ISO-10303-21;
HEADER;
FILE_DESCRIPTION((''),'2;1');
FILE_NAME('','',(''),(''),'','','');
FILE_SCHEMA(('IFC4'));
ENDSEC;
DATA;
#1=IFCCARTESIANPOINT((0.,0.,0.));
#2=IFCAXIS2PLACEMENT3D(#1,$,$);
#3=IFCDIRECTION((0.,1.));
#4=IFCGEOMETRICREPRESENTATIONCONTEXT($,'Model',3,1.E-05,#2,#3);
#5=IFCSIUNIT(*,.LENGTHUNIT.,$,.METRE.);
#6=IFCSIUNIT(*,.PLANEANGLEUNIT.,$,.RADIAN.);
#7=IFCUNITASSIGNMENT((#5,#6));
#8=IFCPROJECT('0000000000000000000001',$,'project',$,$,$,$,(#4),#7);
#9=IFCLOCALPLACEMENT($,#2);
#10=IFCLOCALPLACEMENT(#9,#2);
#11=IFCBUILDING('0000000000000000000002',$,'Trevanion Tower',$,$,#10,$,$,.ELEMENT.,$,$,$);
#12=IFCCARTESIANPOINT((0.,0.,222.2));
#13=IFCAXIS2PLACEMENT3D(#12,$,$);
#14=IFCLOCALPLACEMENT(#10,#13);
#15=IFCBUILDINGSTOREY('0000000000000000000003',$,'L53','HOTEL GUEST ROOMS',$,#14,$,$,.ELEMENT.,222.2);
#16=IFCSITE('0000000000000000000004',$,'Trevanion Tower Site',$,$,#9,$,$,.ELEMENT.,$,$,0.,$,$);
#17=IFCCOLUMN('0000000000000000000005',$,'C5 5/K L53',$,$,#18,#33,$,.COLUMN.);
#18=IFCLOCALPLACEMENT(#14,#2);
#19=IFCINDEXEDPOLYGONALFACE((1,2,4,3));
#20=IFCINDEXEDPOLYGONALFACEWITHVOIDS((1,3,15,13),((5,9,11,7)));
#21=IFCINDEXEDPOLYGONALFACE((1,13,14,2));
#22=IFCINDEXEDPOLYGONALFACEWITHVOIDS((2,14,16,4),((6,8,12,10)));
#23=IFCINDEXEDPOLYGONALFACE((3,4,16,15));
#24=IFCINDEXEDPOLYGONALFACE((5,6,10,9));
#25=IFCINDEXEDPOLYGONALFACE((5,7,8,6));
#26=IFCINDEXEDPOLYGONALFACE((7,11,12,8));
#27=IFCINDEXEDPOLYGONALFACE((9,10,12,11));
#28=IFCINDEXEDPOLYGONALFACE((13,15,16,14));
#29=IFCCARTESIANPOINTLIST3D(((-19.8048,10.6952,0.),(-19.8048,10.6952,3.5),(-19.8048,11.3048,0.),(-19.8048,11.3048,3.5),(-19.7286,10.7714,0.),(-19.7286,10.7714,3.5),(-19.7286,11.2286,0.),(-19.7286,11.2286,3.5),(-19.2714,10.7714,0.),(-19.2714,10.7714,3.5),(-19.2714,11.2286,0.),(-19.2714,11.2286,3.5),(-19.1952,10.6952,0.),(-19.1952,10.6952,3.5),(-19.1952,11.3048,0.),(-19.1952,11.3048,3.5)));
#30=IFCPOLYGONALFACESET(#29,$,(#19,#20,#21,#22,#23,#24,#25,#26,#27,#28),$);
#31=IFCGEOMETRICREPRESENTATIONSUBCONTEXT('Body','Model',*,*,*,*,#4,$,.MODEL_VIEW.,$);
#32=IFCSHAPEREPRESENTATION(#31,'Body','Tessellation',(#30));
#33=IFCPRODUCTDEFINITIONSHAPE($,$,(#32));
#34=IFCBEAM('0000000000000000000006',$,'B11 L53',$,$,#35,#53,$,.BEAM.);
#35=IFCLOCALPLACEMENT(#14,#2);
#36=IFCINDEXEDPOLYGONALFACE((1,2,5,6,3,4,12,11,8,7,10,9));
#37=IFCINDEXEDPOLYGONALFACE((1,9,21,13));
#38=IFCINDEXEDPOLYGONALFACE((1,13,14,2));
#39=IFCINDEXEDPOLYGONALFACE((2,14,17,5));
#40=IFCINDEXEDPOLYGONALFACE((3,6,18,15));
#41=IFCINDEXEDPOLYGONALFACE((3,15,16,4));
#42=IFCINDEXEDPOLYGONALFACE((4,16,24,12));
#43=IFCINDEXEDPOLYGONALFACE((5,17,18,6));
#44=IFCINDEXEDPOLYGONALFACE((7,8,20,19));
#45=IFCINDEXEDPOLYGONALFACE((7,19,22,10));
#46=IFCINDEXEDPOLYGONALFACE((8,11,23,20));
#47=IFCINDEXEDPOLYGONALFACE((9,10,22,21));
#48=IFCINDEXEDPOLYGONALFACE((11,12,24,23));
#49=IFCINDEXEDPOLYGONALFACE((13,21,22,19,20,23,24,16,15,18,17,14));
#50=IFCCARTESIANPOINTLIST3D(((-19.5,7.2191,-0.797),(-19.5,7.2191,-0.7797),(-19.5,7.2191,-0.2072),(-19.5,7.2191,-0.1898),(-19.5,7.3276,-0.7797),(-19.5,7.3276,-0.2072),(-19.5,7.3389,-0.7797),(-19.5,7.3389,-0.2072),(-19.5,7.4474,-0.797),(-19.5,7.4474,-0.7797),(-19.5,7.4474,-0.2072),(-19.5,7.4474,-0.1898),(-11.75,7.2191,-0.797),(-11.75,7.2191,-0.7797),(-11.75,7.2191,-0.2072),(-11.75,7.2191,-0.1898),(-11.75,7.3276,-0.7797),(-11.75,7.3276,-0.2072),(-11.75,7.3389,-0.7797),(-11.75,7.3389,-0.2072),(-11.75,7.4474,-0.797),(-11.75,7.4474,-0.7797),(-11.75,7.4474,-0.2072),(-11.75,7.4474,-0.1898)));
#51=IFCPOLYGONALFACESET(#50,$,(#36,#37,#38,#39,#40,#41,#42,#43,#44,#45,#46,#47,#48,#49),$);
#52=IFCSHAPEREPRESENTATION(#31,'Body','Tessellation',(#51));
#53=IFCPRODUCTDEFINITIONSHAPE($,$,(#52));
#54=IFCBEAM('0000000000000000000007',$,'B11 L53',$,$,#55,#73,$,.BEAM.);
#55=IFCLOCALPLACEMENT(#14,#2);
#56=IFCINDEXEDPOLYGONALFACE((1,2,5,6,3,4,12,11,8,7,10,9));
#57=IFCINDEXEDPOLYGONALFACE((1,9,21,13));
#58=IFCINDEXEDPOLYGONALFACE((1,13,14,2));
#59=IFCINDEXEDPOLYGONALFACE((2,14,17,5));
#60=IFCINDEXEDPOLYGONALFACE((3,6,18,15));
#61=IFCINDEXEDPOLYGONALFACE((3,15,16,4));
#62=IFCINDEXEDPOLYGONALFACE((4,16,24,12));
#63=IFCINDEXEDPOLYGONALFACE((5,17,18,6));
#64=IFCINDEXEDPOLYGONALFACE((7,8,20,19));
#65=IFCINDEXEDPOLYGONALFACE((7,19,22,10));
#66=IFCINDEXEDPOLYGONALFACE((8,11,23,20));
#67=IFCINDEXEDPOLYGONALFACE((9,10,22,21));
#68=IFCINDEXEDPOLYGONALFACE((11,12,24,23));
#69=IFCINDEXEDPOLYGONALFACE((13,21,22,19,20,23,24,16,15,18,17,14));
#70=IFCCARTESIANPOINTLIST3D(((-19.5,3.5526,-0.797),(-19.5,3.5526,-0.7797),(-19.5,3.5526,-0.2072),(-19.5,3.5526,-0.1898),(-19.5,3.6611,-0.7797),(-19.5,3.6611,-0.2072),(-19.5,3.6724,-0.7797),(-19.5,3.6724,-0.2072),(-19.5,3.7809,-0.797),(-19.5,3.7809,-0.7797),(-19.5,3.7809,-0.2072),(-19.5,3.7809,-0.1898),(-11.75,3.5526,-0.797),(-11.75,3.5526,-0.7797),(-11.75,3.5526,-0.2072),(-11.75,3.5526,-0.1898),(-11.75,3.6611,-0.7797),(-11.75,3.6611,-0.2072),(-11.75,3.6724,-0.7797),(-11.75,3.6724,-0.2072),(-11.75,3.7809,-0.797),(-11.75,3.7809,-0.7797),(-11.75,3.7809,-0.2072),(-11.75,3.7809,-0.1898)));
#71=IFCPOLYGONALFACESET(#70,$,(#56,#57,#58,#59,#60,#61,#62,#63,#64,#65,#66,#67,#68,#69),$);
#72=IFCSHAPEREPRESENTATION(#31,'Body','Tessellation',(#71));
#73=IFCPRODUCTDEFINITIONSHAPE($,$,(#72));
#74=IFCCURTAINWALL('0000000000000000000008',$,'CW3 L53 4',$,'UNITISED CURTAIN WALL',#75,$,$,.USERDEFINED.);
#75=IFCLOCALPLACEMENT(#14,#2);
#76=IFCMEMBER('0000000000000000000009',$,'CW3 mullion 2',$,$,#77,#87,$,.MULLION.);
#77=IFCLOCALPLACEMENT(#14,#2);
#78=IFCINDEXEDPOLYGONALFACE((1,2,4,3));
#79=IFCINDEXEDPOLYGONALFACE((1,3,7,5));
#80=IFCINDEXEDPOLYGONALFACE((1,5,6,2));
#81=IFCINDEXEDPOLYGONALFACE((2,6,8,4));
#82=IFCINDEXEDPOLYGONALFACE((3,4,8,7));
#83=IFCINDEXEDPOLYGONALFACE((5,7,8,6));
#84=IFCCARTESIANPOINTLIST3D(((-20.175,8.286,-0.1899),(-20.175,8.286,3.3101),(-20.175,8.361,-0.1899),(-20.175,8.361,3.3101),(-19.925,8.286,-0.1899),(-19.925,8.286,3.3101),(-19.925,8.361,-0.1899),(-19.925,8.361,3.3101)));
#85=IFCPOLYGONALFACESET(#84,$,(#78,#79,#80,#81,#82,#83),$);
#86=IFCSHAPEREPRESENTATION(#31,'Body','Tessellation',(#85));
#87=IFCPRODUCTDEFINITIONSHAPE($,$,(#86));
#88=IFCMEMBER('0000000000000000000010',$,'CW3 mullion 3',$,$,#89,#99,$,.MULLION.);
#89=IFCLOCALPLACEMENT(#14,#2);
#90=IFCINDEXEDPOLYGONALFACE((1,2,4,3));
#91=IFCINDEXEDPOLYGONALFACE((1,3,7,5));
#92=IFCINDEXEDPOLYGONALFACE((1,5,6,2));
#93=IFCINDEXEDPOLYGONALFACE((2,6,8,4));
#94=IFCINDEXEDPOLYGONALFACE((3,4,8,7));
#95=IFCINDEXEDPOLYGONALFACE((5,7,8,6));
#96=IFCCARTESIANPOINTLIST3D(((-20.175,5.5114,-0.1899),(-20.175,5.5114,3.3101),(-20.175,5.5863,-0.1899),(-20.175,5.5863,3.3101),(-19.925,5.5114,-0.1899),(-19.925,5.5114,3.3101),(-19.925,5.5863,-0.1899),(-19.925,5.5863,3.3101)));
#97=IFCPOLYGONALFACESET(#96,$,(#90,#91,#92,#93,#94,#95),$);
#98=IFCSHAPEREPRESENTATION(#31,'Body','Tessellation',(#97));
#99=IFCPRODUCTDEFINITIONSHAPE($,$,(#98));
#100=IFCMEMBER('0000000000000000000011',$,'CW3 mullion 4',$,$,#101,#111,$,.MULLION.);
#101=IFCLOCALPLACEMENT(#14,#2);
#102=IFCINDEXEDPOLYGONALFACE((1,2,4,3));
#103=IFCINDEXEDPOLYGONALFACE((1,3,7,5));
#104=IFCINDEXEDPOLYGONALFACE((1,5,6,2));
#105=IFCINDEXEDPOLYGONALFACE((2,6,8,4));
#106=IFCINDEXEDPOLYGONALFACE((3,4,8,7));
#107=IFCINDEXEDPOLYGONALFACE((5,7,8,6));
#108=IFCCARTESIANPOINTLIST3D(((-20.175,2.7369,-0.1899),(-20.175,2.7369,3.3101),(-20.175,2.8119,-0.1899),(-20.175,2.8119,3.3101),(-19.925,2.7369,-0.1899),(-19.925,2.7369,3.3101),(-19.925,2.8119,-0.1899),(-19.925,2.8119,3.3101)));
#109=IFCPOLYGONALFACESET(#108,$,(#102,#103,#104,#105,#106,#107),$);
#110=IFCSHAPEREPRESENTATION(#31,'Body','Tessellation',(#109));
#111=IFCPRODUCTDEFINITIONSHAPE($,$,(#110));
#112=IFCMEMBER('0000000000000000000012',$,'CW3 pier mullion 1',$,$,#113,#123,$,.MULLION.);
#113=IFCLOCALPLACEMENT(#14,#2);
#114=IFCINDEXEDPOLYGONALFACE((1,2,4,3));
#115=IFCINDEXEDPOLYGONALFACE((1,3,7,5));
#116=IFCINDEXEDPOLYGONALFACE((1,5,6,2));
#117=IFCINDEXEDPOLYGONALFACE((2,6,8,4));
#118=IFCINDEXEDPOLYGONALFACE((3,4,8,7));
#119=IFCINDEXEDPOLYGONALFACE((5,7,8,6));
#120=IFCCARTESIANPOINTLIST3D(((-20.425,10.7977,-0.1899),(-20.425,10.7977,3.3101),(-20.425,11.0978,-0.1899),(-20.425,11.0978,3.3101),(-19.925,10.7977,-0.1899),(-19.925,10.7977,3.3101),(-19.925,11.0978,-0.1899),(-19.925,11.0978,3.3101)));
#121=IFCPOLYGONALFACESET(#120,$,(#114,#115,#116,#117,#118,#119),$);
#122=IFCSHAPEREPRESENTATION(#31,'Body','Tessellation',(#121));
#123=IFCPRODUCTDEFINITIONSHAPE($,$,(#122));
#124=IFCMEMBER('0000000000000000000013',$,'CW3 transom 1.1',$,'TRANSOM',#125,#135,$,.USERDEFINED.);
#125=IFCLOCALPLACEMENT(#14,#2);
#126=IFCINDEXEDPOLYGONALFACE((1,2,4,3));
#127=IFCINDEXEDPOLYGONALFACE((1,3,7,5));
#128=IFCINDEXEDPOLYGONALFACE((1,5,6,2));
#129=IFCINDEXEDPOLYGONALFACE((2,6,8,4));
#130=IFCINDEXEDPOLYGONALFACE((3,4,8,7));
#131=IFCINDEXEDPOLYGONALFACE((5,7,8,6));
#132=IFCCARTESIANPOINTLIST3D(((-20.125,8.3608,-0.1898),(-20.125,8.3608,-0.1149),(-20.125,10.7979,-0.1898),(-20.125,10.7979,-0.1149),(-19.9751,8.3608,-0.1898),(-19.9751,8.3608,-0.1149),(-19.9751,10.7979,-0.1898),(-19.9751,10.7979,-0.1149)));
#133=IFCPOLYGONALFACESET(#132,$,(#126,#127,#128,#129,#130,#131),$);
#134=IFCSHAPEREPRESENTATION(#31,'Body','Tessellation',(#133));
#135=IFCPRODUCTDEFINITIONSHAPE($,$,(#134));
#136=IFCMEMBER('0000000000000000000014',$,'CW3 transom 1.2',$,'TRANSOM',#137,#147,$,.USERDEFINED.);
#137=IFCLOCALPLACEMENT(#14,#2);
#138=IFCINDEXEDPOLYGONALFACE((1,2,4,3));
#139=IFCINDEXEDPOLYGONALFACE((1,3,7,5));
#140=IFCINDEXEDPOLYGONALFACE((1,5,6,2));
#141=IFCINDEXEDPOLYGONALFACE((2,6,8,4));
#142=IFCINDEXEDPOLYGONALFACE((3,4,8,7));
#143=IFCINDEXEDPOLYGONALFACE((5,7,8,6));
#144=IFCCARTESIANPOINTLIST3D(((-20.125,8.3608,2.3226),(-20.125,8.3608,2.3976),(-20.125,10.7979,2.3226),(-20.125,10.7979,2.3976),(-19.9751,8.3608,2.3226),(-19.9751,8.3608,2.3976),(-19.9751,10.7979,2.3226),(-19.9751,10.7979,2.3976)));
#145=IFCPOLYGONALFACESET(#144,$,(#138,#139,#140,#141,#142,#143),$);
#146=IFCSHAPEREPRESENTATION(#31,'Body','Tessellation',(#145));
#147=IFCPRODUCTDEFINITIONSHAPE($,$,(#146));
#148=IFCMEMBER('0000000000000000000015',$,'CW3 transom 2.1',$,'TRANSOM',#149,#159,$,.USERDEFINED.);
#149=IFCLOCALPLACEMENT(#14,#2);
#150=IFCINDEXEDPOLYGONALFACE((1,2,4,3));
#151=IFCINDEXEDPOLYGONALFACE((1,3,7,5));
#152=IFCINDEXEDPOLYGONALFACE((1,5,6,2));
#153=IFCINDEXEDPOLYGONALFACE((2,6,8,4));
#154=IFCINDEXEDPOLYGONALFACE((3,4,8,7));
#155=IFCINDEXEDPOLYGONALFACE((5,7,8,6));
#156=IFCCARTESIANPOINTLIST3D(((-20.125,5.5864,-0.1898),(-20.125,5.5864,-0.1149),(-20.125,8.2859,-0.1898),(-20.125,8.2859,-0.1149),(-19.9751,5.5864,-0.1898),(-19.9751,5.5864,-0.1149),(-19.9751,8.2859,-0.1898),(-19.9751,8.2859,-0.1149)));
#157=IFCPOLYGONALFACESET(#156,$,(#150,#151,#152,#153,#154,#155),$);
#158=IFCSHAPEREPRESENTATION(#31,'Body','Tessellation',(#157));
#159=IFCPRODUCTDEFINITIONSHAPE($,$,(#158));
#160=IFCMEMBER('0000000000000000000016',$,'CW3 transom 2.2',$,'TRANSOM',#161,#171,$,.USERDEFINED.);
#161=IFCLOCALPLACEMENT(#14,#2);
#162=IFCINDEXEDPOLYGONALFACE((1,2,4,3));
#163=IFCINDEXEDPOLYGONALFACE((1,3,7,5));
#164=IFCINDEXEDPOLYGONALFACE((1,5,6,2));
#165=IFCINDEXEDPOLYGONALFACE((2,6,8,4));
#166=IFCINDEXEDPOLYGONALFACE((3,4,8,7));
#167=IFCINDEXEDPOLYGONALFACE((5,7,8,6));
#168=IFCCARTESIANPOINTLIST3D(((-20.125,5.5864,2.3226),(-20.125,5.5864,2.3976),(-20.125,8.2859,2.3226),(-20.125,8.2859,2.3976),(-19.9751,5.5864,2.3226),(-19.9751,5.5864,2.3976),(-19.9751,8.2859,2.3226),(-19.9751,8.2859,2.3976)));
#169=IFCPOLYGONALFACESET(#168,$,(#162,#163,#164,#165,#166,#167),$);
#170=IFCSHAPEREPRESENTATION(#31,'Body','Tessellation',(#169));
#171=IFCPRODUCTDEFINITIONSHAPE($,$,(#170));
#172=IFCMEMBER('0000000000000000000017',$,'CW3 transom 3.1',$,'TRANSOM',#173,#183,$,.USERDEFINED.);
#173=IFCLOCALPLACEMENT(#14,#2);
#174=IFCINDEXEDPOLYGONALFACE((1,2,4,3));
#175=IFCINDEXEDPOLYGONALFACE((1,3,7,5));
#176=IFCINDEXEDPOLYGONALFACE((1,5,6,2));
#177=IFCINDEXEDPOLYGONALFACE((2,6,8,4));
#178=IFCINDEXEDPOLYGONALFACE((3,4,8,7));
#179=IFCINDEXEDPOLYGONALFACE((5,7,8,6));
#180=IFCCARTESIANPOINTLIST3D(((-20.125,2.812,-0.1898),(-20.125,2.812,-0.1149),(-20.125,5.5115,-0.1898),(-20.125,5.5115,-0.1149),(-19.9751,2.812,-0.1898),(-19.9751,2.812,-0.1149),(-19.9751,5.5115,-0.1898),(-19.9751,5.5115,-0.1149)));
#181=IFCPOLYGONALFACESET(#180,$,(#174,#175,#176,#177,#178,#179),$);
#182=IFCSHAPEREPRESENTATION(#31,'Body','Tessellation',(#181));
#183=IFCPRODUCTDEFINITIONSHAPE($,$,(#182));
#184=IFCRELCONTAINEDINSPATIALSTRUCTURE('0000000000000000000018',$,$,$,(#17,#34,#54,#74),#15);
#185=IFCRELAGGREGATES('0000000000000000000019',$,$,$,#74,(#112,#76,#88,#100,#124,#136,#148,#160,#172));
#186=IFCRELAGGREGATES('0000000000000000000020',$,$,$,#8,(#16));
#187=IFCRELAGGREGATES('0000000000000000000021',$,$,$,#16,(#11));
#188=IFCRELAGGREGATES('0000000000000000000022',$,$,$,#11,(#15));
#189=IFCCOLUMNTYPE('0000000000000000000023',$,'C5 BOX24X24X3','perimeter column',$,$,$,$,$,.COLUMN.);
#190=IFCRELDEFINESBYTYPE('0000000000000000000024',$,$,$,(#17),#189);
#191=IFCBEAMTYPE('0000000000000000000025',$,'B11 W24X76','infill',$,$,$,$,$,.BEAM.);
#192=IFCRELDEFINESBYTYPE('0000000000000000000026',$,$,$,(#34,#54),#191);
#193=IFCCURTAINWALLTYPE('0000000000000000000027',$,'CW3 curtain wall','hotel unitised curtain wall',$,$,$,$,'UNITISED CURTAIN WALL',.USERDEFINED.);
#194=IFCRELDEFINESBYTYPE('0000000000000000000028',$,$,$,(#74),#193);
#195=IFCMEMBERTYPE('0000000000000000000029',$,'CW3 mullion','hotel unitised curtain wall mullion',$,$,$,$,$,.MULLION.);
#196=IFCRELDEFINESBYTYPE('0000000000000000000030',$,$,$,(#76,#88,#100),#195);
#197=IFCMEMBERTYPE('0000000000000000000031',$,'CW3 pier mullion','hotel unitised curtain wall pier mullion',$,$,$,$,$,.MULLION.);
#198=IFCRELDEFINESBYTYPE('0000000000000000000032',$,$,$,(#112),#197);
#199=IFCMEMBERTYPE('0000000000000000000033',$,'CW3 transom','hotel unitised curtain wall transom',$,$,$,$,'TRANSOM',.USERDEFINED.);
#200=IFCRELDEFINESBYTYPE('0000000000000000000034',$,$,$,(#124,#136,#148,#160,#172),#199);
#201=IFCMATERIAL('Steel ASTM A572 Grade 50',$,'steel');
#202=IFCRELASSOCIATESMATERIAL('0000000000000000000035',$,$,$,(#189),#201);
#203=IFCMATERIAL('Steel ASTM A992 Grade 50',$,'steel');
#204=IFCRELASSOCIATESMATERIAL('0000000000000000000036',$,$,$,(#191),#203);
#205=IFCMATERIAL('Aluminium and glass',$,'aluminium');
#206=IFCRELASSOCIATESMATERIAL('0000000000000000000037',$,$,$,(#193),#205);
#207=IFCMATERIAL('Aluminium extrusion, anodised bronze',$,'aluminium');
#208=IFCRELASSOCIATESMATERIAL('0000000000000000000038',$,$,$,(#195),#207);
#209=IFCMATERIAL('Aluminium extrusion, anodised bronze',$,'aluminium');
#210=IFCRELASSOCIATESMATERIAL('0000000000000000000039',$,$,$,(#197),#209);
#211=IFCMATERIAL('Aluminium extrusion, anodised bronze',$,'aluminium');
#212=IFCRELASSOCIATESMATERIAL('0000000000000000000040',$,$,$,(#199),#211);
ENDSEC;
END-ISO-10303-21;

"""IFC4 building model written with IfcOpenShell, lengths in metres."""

from ifc_helpers import new_model, si_unit, direction, frame, origin, origin_2d, place, context, subcontext, project, spatial, rectangle, hollow_rectangle, i_section, extrude, material, material_profile, profile_set, type_object, element, aggregate, save


model = new_model("IFC4")

# Units and contexts
model_context = context("Model", 3, precision=1e-05, world=origin(), true_north=direction((0.0, 1.0)))
body_context = subcontext(model_context, "Body", "Model", "MODEL_VIEW")
ifc_project = project(units=[si_unit("LENGTHUNIT", "METRE"), si_unit("PLANEANGLEUNIT", "RADIAN")], contexts=[model_context])

# Site, building, storey
site_placement = place(None, origin())
site = spatial("IfcSite", under=ifc_project, at=site_placement, Name="Trevanion Tower Site", CompositionType="ELEMENT", RefElevation=0.0)
building_placement = place(site_placement, origin())
building = spatial("IfcBuilding", under=site, at=building_placement, Name="Trevanion Tower", CompositionType="ELEMENT")
storey_placement = place(building_placement, frame((0.0, 0.0, 222.2)))
storey = spatial("IfcBuildingStorey", under=building, at=storey_placement, Name="L53", Description="HOTEL GUEST ROOMS", CompositionType="ELEMENT", Elevation=222.2)

# Column
ifc_material_1 = material(Name="Steel ASTM A572 Grade 50", Category="steel")
ifc_material_profile_1 = material_profile(ifc_material_1, hollow_rectangle(XDim=0.6096, YDim=0.6096, WallThickness=0.0762, at=origin_2d()), Name="BOX24X24X3")
ifc_profile_set_1 = profile_set([ifc_material_profile_1], Name="Steel ASTM A572 Grade 50")
column_type = type_object("IfcColumnType", Name="C5 BOX24X24X3", Description="perimeter column", PredefinedType="COLUMN", material=ifc_profile_set_1)
column_placement = place(storey_placement, frame((-19.5, 11.0, 0.0), z_axis=(0.0, 0.0, 1.0), x_axis=(0.0, 1.0, 0.0)))
element("IfcColumn", 1, at=column_placement, inside=storey, type_object=column_type, Name="C5 5/K L53", PredefinedType="COLUMN", context=body_context, shape_type="SweptSolid", body=[
    extrude(hollow_rectangle(XDim=0.6096, YDim=0.6096, WallThickness=0.0762, at=origin_2d()), origin(), (0.0, 0.0, 1.0), 3.5),
])

# Beams
ifc_material_2 = material(Name="Steel ASTM A992 Grade 50", Category="steel")
ifc_material_profile_2 = material_profile(ifc_material_2, i_section(OverallWidth=0.2283, OverallDepth=0.6072, WebThickness=0.0112, FlangeThickness=0.0173, at=origin_2d()), Name="W24X76")
ifc_profile_set_2 = profile_set([ifc_material_profile_2], Name="Steel ASTM A992 Grade 50")
beam_type_1 = type_object("IfcBeamType", Name="B11 W24X76", Description="infill", PredefinedType="BEAM", material=ifc_profile_set_2)
for number, where, z_axis, x_axis, name in (
    (2, (-11.75, 7.3333, -0.4934), (-1.0, 0.0, 0.0), (0.0, -1.0, 0.0), "B11 L53"),
    (3, (-11.75, 3.6667, -0.4934), (-1.0, 0.0, 0.0), (0.0, -1.0, 0.0), "B11 L53"),
):
    element("IfcBeam", number, at=place(storey_placement, frame(where, z_axis=z_axis, x_axis=x_axis)), inside=storey, type_object=beam_type_1, Name=name, PredefinedType="BEAM", context=body_context, shape_type="SweptSolid", body=[
        extrude(i_section(OverallWidth=0.2283, OverallDepth=0.6072, WebThickness=0.0112, FlangeThickness=0.0173, at=origin_2d()), origin(), (0.0, 0.0, 1.0), 7.75),
    ])

# Curtain wall, members
ifc_material_3 = material(Name="Aluminium and glass", Category="aluminium")
curtain_wall_type = type_object("IfcCurtainWallType", Name="CW3 curtain wall", Description="hotel unitised curtain wall", ElementType="UNITISED CURTAIN WALL", PredefinedType="USERDEFINED", material=ifc_material_3)
curtain_wall_placement = place(storey_placement, origin())
curtain_wall = element("IfcCurtainWall", 4, at=curtain_wall_placement, inside=storey, type_object=curtain_wall_type, Name="CW3 L53 4", ObjectType="UNITISED CURTAIN WALL", PredefinedType="USERDEFINED")
ifc_material_4 = material(Name="Aluminium extrusion, anodised bronze", Category="aluminium")
ifc_material_profile_3 = material_profile(ifc_material_4, rectangle(XDim=0.075, YDim=0.25, at=origin_2d()), Name="CW3 mullion")
ifc_profile_set_3 = profile_set([ifc_material_profile_3], Name="Aluminium extrusion, anodised bronze")
member_type_1 = type_object("IfcMemberType", Name="CW3 mullion", Description="hotel unitised curtain wall mullion", PredefinedType="MULLION", material=ifc_profile_set_3)
member_1_placement = place(storey_placement, frame((-20.05, 8.3235, -0.1899), z_axis=(0.0, 0.0, 1.0), x_axis=(0.0, -1.0, 0.0)))
member_1 = element("IfcMember", 5, at=member_1_placement, type_object=member_type_1, Name="CW3 mullion 2", PredefinedType="MULLION", context=body_context, shape_type="SweptSolid", body=[
    extrude(rectangle(XDim=0.075, YDim=0.25, at=origin_2d()), origin(), (0.0, 0.0, 1.0), 3.5),
])
member_2_placement = place(storey_placement, frame((-20.05, 5.5488, -0.1899), z_axis=(0.0, 0.0, 1.0), x_axis=(0.0, -1.0, 0.0)))
member_2 = element("IfcMember", 6, at=member_2_placement, type_object=member_type_1, Name="CW3 mullion 3", PredefinedType="MULLION", context=body_context, shape_type="SweptSolid", body=[
    extrude(rectangle(XDim=0.075, YDim=0.25, at=origin_2d()), origin(), (0.0, 0.0, 1.0), 3.5),
])
member_3_placement = place(storey_placement, frame((-20.05, 2.7744, -0.1899), z_axis=(0.0, 0.0, 1.0), x_axis=(0.0, -1.0, 0.0)))
member_3 = element("IfcMember", 7, at=member_3_placement, type_object=member_type_1, Name="CW3 mullion 4", PredefinedType="MULLION", context=body_context, shape_type="SweptSolid", body=[
    extrude(rectangle(XDim=0.075, YDim=0.25, at=origin_2d()), origin(), (0.0, 0.0, 1.0), 3.5),
])
ifc_material_5 = material(Name="Aluminium extrusion, anodised bronze", Category="aluminium")
ifc_material_profile_4 = material_profile(ifc_material_5, rectangle(XDim=0.3, YDim=0.5, at=origin_2d()), Name="CW3 pier mullion")
ifc_profile_set_4 = profile_set([ifc_material_profile_4], Name="Aluminium extrusion, anodised bronze")
member_type_2 = type_object("IfcMemberType", Name="CW3 pier mullion", Description="hotel unitised curtain wall pier mullion", PredefinedType="MULLION", material=ifc_profile_set_4)
member_4_placement = place(storey_placement, frame((-20.175, 10.9478, -0.1899), z_axis=(0.0, 0.0, 1.0), x_axis=(0.0, -1.0, 0.0)))
member_4 = element("IfcMember", 8, at=member_4_placement, type_object=member_type_2, Name="CW3 pier mullion 1", PredefinedType="MULLION", context=body_context, shape_type="SweptSolid", body=[
    extrude(rectangle(XDim=0.3, YDim=0.5, at=origin_2d()), origin(), (0.0, 0.0, 1.0), 3.5),
])
ifc_material_6 = material(Name="Aluminium extrusion, anodised bronze", Category="aluminium")
ifc_material_profile_5 = material_profile(ifc_material_6, rectangle(XDim=0.1499, YDim=0.075, at=origin_2d()), Name="CW3 transom")
ifc_profile_set_5 = profile_set([ifc_material_profile_5], Name="Aluminium extrusion, anodised bronze")
member_type_3 = type_object("IfcMemberType", Name="CW3 transom", Description="hotel unitised curtain wall transom", ElementType="TRANSOM", PredefinedType="USERDEFINED", material=ifc_profile_set_5)
member_5_placement = place(storey_placement, frame((-20.05, 10.7979, -0.1523), z_axis=(0.0, -1.0, 0.0), x_axis=(1.0, 0.0, 0.0)))
member_5 = element("IfcMember", 9, at=member_5_placement, type_object=member_type_3, Name="CW3 transom 1.1", ObjectType="TRANSOM", PredefinedType="USERDEFINED", context=body_context, shape_type="SweptSolid", body=[
    extrude(rectangle(XDim=0.1499, YDim=0.075, at=origin_2d()), origin(), (0.0, 0.0, 1.0), 2.437),
])
member_6_placement = place(storey_placement, frame((-20.05, 10.7979, 2.3601), z_axis=(0.0, -1.0, 0.0), x_axis=(1.0, 0.0, 0.0)))
member_6 = element("IfcMember", 10, at=member_6_placement, type_object=member_type_3, Name="CW3 transom 1.2", ObjectType="TRANSOM", PredefinedType="USERDEFINED", context=body_context, shape_type="SweptSolid", body=[
    extrude(rectangle(XDim=0.1499, YDim=0.075, at=origin_2d()), origin(), (0.0, 0.0, 1.0), 2.437),
])
member_7_placement = place(storey_placement, frame((-20.05, 8.2859, -0.1523), z_axis=(0.0, -1.0, 0.0), x_axis=(1.0, 0.0, 0.0)))
member_7 = element("IfcMember", 11, at=member_7_placement, type_object=member_type_3, Name="CW3 transom 2.1", ObjectType="TRANSOM", PredefinedType="USERDEFINED", context=body_context, shape_type="SweptSolid", body=[
    extrude(rectangle(XDim=0.1499, YDim=0.075, at=origin_2d()), origin(), (0.0, 0.0, 1.0), 2.6995),
])
member_8_placement = place(storey_placement, frame((-20.05, 8.2859, 2.3601), z_axis=(0.0, -1.0, 0.0), x_axis=(1.0, 0.0, 0.0)))
member_8 = element("IfcMember", 12, at=member_8_placement, type_object=member_type_3, Name="CW3 transom 2.2", ObjectType="TRANSOM", PredefinedType="USERDEFINED", context=body_context, shape_type="SweptSolid", body=[
    extrude(rectangle(XDim=0.1499, YDim=0.075, at=origin_2d()), origin(), (0.0, 0.0, 1.0), 2.6995),
])
member_9_placement = place(storey_placement, frame((-20.05, 5.5115, -0.1523), z_axis=(0.0, -1.0, 0.0), x_axis=(1.0, 0.0, 0.0)))
member_9 = element("IfcMember", 13, at=member_9_placement, type_object=member_type_3, Name="CW3 transom 3.1", ObjectType="TRANSOM", PredefinedType="USERDEFINED", context=body_context, shape_type="SweptSolid", body=[
    extrude(rectangle(XDim=0.1499, YDim=0.075, at=origin_2d()), origin(), (0.0, 0.0, 1.0), 2.6995),
])

aggregate(curtain_wall, [member_4, member_1, member_2, member_3, member_5, member_6, member_7, member_8, member_9])

save(model, "model.ifc")
